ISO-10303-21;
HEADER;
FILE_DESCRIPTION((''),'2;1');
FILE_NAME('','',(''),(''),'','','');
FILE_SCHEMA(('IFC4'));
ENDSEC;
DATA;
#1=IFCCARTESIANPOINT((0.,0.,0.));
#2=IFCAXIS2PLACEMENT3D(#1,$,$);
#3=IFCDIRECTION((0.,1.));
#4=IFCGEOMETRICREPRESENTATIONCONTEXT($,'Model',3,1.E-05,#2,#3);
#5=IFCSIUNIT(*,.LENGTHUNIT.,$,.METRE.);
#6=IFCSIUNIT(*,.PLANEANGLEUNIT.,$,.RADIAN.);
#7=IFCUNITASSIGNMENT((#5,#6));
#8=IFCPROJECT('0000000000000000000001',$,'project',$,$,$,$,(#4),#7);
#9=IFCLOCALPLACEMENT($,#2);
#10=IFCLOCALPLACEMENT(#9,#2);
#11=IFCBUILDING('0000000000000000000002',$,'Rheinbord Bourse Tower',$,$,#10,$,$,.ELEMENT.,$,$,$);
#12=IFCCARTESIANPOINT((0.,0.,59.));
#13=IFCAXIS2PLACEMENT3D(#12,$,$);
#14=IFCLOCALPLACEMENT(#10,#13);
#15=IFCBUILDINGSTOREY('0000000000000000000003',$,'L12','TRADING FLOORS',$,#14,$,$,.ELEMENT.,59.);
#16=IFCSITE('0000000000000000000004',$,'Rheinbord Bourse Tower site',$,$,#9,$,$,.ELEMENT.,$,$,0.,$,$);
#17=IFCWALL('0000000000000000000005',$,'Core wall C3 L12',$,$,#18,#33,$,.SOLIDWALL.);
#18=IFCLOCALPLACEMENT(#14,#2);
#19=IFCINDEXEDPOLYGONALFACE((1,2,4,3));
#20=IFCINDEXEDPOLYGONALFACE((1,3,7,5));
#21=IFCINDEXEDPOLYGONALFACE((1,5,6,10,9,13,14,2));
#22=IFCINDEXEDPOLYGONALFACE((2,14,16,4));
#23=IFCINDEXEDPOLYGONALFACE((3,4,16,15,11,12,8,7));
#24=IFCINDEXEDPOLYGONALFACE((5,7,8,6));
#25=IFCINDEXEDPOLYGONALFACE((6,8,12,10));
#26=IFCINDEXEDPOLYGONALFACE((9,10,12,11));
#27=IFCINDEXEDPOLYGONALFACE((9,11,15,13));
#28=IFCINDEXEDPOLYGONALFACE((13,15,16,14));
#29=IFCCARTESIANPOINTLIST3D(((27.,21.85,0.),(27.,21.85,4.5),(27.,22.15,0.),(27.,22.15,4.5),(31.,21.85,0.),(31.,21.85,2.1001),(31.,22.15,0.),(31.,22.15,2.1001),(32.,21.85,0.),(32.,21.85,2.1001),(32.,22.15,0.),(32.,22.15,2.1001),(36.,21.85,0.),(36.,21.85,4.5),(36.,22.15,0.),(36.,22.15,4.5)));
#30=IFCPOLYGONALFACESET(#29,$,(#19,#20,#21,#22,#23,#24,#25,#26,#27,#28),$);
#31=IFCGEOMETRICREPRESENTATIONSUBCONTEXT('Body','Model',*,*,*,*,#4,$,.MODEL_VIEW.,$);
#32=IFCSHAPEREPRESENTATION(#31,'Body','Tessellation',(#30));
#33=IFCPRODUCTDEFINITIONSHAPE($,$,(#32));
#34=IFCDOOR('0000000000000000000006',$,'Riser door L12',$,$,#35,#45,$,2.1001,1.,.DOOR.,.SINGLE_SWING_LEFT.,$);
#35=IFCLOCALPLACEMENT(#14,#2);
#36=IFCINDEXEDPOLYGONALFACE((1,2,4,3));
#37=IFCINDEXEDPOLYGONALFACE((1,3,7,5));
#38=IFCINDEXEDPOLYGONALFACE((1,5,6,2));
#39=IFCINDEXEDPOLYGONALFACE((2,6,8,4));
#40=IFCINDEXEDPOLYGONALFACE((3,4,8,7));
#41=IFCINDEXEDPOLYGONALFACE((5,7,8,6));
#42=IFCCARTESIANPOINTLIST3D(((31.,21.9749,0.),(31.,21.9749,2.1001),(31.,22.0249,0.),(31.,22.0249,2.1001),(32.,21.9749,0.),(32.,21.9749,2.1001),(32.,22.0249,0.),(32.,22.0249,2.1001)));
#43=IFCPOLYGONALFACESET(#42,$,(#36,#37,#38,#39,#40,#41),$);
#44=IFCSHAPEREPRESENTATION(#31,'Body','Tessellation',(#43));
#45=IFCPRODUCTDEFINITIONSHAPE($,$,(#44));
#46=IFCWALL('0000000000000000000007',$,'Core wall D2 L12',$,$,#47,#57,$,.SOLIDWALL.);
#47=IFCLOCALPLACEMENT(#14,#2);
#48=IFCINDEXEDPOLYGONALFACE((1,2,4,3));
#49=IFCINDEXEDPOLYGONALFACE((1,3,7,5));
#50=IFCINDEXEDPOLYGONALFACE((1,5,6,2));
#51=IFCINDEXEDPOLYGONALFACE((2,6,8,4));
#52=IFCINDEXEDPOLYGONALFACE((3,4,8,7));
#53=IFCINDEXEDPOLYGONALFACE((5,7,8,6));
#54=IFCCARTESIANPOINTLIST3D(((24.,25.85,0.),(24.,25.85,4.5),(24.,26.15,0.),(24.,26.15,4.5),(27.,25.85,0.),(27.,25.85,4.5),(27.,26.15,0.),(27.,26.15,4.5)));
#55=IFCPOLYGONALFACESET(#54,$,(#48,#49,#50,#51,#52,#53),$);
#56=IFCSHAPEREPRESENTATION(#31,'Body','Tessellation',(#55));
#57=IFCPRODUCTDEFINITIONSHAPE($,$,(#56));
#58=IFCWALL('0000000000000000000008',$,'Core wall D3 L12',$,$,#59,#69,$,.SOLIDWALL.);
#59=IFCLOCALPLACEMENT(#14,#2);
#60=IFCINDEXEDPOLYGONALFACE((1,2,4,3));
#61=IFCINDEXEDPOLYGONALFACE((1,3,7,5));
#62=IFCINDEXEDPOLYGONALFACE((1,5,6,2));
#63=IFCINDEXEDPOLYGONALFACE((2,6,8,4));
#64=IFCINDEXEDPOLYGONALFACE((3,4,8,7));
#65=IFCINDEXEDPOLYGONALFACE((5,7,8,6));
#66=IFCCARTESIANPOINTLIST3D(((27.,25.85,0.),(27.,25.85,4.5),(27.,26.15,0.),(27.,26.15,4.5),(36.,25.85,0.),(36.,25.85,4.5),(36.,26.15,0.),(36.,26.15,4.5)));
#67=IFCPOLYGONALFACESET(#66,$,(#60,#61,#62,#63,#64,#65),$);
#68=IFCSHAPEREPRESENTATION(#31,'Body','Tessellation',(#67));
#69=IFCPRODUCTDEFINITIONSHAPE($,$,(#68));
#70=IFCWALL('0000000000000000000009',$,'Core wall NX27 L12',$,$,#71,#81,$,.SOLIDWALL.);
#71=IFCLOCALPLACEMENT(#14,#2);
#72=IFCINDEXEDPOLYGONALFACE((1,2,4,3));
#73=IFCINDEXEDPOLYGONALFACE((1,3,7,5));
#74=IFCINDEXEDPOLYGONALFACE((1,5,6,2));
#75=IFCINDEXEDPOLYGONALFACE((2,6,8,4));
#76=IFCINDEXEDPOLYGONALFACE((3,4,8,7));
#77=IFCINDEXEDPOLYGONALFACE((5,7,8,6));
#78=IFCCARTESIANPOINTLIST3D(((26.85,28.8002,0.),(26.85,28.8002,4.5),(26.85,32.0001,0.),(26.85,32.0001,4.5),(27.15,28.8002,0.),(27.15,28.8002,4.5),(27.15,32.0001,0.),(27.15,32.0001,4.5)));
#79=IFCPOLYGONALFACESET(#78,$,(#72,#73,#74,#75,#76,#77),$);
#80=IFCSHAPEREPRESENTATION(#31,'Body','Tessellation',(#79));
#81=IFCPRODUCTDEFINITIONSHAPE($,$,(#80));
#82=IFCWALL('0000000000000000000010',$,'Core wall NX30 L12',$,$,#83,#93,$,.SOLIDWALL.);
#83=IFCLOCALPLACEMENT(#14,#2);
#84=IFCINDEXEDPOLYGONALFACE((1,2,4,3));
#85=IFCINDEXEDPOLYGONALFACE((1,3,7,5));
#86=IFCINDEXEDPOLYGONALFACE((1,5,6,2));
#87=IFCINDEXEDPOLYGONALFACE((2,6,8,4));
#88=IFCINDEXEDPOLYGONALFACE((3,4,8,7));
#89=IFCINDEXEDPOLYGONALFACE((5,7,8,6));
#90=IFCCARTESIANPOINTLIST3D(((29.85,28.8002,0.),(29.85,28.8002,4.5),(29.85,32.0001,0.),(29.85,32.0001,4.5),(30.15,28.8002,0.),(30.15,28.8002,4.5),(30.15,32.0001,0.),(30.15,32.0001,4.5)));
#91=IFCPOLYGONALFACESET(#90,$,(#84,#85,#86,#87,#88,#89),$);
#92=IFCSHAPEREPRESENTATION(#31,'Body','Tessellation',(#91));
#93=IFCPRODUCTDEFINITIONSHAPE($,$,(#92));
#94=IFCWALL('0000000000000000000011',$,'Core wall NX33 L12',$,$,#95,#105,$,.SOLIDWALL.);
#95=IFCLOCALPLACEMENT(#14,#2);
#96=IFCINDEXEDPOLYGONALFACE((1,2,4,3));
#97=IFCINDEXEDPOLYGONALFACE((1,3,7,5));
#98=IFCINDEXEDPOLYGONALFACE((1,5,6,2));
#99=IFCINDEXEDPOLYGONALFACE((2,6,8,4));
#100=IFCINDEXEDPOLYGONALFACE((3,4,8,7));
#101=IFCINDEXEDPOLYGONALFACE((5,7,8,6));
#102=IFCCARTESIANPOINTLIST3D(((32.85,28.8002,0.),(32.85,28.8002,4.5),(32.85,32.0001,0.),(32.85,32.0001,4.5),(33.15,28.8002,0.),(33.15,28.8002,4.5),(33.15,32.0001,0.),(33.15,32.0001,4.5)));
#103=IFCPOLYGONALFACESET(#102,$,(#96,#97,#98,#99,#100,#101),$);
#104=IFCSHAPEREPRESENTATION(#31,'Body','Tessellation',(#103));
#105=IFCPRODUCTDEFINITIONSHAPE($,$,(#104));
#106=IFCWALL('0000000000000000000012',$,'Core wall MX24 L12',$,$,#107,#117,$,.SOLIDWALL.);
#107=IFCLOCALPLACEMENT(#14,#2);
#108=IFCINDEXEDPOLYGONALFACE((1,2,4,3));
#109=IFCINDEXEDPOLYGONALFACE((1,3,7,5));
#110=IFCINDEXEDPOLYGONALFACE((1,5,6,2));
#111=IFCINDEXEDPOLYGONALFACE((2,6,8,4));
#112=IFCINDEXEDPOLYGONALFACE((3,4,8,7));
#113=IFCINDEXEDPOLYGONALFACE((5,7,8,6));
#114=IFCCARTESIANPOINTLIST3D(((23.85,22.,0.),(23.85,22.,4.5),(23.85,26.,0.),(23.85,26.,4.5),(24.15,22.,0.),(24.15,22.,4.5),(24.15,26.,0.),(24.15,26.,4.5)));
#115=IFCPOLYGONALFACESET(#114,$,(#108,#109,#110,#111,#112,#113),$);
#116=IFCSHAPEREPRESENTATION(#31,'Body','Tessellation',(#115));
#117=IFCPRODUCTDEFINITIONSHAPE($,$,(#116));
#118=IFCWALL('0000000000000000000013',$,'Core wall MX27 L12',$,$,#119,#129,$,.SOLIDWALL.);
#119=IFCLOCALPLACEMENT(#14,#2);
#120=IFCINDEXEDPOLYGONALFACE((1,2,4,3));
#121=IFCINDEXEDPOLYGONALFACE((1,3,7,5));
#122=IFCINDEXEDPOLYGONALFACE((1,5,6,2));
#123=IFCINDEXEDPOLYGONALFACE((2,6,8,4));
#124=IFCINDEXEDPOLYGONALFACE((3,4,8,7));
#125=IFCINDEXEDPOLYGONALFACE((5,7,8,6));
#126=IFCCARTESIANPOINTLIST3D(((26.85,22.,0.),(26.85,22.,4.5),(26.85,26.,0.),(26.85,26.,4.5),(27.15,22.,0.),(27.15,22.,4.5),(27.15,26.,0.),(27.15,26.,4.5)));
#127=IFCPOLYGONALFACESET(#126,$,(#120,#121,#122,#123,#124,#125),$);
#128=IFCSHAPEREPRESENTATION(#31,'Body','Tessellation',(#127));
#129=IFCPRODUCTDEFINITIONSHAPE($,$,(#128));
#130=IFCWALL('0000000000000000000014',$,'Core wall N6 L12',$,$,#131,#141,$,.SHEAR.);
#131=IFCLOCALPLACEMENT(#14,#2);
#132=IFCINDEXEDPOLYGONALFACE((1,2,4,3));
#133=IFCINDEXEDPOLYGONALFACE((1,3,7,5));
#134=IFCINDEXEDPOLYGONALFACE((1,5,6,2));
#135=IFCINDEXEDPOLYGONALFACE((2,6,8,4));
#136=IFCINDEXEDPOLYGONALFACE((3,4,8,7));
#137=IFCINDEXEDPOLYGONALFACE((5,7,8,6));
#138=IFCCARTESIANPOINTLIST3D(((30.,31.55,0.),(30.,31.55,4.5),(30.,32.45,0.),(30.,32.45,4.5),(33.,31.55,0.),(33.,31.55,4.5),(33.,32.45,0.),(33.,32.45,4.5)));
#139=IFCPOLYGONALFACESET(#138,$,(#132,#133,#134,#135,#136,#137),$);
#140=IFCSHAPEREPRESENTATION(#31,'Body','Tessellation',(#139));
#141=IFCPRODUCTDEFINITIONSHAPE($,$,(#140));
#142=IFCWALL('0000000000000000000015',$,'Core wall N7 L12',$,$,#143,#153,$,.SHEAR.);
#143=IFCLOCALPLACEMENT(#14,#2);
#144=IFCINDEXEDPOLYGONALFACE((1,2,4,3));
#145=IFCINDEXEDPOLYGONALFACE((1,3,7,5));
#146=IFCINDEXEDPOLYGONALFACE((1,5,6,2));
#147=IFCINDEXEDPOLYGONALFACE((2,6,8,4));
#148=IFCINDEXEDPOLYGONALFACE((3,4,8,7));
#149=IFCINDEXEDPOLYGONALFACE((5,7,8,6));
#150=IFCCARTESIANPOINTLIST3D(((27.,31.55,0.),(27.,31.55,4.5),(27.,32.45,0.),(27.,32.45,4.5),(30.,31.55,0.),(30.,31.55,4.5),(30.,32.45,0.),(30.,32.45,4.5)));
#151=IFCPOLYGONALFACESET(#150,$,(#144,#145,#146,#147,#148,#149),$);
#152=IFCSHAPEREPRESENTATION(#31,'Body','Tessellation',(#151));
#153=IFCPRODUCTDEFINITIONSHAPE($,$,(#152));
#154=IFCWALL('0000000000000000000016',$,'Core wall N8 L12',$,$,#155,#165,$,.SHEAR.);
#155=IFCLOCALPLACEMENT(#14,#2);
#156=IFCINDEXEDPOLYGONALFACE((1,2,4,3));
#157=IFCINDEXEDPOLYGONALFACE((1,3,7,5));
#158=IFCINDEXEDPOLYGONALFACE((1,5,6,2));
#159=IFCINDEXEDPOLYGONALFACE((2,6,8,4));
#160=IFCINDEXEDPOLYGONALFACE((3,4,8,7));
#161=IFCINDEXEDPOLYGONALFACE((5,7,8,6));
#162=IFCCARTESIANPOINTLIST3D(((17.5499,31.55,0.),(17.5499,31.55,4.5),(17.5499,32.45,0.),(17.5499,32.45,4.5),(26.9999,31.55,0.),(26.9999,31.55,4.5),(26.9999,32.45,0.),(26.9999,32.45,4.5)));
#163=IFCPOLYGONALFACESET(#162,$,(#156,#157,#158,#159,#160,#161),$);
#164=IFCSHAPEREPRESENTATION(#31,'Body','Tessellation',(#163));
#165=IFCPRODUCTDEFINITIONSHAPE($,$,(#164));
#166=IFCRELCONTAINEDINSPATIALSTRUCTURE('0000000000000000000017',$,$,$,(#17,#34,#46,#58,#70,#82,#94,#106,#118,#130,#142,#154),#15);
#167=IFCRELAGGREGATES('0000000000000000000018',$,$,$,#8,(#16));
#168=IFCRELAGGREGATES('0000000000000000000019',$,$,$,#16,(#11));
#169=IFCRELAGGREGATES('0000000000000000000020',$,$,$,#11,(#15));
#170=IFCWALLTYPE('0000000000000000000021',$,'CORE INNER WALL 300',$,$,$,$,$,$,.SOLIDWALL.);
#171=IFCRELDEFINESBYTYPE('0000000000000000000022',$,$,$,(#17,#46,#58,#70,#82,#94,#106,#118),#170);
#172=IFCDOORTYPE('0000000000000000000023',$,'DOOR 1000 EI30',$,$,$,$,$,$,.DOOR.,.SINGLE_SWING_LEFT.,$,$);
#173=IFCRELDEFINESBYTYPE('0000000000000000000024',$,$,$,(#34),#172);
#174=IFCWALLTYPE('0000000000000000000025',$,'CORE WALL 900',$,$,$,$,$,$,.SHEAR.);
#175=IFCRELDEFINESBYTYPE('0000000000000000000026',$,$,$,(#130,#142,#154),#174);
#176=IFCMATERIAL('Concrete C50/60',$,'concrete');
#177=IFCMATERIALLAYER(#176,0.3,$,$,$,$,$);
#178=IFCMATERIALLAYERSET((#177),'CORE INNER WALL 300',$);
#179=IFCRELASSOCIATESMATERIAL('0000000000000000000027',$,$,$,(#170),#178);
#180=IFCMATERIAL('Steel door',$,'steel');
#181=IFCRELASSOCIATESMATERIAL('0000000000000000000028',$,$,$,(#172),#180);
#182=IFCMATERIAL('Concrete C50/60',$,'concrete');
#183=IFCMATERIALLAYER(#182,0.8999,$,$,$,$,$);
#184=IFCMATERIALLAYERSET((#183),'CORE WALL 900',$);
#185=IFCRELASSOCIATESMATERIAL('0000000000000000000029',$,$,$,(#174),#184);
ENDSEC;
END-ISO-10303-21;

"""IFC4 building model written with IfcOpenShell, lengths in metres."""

from ifc_helpers import new_model, si_unit, direction, frame, frame_2d, origin, place, context, subcontext, project, spatial, rectangle, extrude, material, layer, layer_set, type_object, element, fill, save


model = new_model("IFC4")

# Units and contexts
model_context = context("Model", 3, precision=1e-05, world=origin(), true_north=direction((0.0, 1.0)))
body_context = subcontext(model_context, "Body", "Model", "MODEL_VIEW")
ifc_project = project(units=[si_unit("LENGTHUNIT", "METRE"), si_unit("PLANEANGLEUNIT", "RADIAN")], contexts=[model_context])

# Site, building, storey
site_placement = place(None, origin())
site = spatial("IfcSite", under=ifc_project, at=site_placement, Name="Rheinbord Bourse Tower site", CompositionType="ELEMENT", RefElevation=0.0)
building_placement = place(site_placement, origin())
building = spatial("IfcBuilding", under=site, at=building_placement, Name="Rheinbord Bourse Tower", CompositionType="ELEMENT")
storey_placement = place(building_placement, frame((0.0, 0.0, 59.0)))
storey = spatial("IfcBuildingStorey", under=building, at=storey_placement, Name="L12", Description="TRADING FLOORS", CompositionType="ELEMENT", Elevation=59.0)

# Wall, opening, door
ifc_material_1 = material(Name="Concrete C50/60", Category="concrete")
ifc_layer_1 = layer(ifc_material_1, 0.3)
ifc_layer_set_1 = layer_set([ifc_layer_1], Name="CORE INNER WALL 300")
wall_type_1 = type_object("IfcWallType", Name="CORE INNER WALL 300", PredefinedType="SOLIDWALL", material=ifc_layer_set_1)
wall_1_placement = place(storey_placement, frame((27.0, 22.0, 0.0), z_axis=(0.0, 0.0, 1.0), x_axis=(1.0, 0.0, 0.0)))
wall_1 = element("IfcWall", 1, at=wall_1_placement, inside=storey, type_object=wall_type_1, Name="Core wall C3 L12", PredefinedType="SOLIDWALL", context=body_context, shape_type="SweptSolid", body=[
    extrude(rectangle(XDim=9.0, YDim=0.3, at=frame_2d((4.5, 0.0))), origin(), (0.0, 0.0, 1.0), 4.5),
])
opening_1_placement = place(wall_1_placement, frame((4.0, 0.0, 0.0)))
opening_1 = element("IfcOpeningElement", 2, at=opening_1_placement, cuts=wall_1, PredefinedType="OPENING", context=body_context, shape_type="SweptSolid", body=[
    extrude(rectangle(XDim=1.0, YDim=2.1001, at=frame_2d((0.5, 1.05))), frame((0.0, 0.1599, 0.0), z_axis=(0.0, -1.0, 0.0), x_axis=(1.0, 0.0, 0.0)), (0.0, 0.0, 1.0), 0.3201),
])
ifc_material_2 = material(Name="Steel door", Category="steel")
door_type_1 = type_object("IfcDoorType", Name="DOOR 1000 EI30", OperationType="SINGLE_SWING_LEFT", PredefinedType="DOOR", material=ifc_material_2)
door_1_placement = place(opening_1_placement, origin())
door_1 = element("IfcDoor", 3, at=door_1_placement, inside=storey, type_object=door_type_1, Name="Riser door L12", OperationType="SINGLE_SWING_LEFT", OverallHeight=2.1001, OverallWidth=1.0, PredefinedType="DOOR", context=body_context, shape_type="SweptSolid", body=[
    extrude(rectangle(XDim=1.0, YDim=2.1001, at=frame_2d((0.5, 1.05))), frame((0.0, 0.0249, 0.0), z_axis=(0.0, -1.0, 0.0), x_axis=(1.0, 0.0, 0.0)), (0.0, 0.0, 1.0), 0.05),
])
fill(opening_1, door_1)

# Walls
wall_2_placement = place(storey_placement, frame((24.0, 26.0, 0.0), z_axis=(0.0, 0.0, 1.0), x_axis=(1.0, 0.0, 0.0)))
element("IfcWall", 4, at=wall_2_placement, inside=storey, type_object=wall_type_1, Name="Core wall D2 L12", PredefinedType="SOLIDWALL", context=body_context, shape_type="SweptSolid", body=[
    extrude(rectangle(XDim=3.0, YDim=0.3, at=frame_2d((1.5, 0.0))), origin(), (0.0, 0.0, 1.0), 4.5),
])
wall_3_placement = place(storey_placement, frame((27.0, 26.0, 0.0), z_axis=(0.0, 0.0, 1.0), x_axis=(1.0, 0.0, 0.0)))
element("IfcWall", 5, at=wall_3_placement, inside=storey, type_object=wall_type_1, Name="Core wall D3 L12", PredefinedType="SOLIDWALL", context=body_context, shape_type="SweptSolid", body=[
    extrude(rectangle(XDim=9.0, YDim=0.3, at=frame_2d((4.5, 0.0))), origin(), (0.0, 0.0, 1.0), 4.5),
])
for number, where, z_axis, x_axis, name in (
    (6, (27.0, 28.8, 0.0), (0.0, 0.0, 1.0), (0.0, 1.0, 0.0), "Core wall NX27 L12"),
    (7, (30.0, 28.8, 0.0), (0.0, 0.0, 1.0), (0.0, 1.0, 0.0), "Core wall NX30 L12"),
    (8, (33.0, 28.8, 0.0), (0.0, 0.0, 1.0), (0.0, 1.0, 0.0), "Core wall NX33 L12"),
):
    element("IfcWall", number, at=place(storey_placement, frame(where, z_axis=z_axis, x_axis=x_axis)), inside=storey, type_object=wall_type_1, Name=name, PredefinedType="SOLIDWALL", context=body_context, shape_type="SweptSolid", body=[
        extrude(rectangle(XDim=3.2, YDim=0.3, at=frame_2d((1.6001, 0.0))), origin(), (0.0, 0.0, 1.0), 4.5),
    ])
for number, where, z_axis, x_axis, name in (
    (9, (24.0, 22.0, 0.0), (0.0, 0.0, 1.0), (0.0, 1.0, 0.0), "Core wall MX24 L12"),
    (10, (27.0, 22.0, 0.0), (0.0, 0.0, 1.0), (0.0, 1.0, 0.0), "Core wall MX27 L12"),
):
    element("IfcWall", number, at=place(storey_placement, frame(where, z_axis=z_axis, x_axis=x_axis)), inside=storey, type_object=wall_type_1, Name=name, PredefinedType="SOLIDWALL", context=body_context, shape_type="SweptSolid", body=[
        extrude(rectangle(XDim=4.0, YDim=0.3, at=frame_2d((2.0, 0.0))), origin(), (0.0, 0.0, 1.0), 4.5),
    ])
ifc_material_3 = material(Name="Concrete C50/60", Category="concrete")
ifc_layer_2 = layer(ifc_material_3, 0.8999)
ifc_layer_set_2 = layer_set([ifc_layer_2], Name="CORE WALL 900")
wall_type_2 = type_object("IfcWallType", Name="CORE WALL 900", PredefinedType="SHEAR", material=ifc_layer_set_2)
for number, where, z_axis, x_axis, name in (
    (11, (33.0, 32.0, 0.0), (0.0, 0.0, 1.0), (-1.0, 0.0, 0.0), "Core wall N6 L12"),
    (12, (30.0, 32.0, 0.0), (0.0, 0.0, 1.0), (-1.0, 0.0, 0.0), "Core wall N7 L12"),
):
    element("IfcWall", number, at=place(storey_placement, frame(where, z_axis=z_axis, x_axis=x_axis)), inside=storey, type_object=wall_type_2, Name=name, PredefinedType="SHEAR", context=body_context, shape_type="SweptSolid", body=[
        extrude(rectangle(XDim=3.0, YDim=0.8999, at=frame_2d((1.5, 0.0))), origin(), (0.0, 0.0, 1.0), 4.5),
    ])
wall_4_placement = place(storey_placement, frame((27.0, 32.0, 0.0), z_axis=(0.0, 0.0, 1.0), x_axis=(-1.0, 0.0, 0.0)))
element("IfcWall", 13, at=wall_4_placement, inside=storey, type_object=wall_type_2, Name="Core wall N8 L12", PredefinedType="SHEAR", context=body_context, shape_type="SweptSolid", body=[
    extrude(rectangle(XDim=9.45, YDim=0.8999, at=frame_2d((4.7251, 0.0))), origin(), (0.0, 0.0, 1.0), 4.5),
])

save(model, "model.ifc")
